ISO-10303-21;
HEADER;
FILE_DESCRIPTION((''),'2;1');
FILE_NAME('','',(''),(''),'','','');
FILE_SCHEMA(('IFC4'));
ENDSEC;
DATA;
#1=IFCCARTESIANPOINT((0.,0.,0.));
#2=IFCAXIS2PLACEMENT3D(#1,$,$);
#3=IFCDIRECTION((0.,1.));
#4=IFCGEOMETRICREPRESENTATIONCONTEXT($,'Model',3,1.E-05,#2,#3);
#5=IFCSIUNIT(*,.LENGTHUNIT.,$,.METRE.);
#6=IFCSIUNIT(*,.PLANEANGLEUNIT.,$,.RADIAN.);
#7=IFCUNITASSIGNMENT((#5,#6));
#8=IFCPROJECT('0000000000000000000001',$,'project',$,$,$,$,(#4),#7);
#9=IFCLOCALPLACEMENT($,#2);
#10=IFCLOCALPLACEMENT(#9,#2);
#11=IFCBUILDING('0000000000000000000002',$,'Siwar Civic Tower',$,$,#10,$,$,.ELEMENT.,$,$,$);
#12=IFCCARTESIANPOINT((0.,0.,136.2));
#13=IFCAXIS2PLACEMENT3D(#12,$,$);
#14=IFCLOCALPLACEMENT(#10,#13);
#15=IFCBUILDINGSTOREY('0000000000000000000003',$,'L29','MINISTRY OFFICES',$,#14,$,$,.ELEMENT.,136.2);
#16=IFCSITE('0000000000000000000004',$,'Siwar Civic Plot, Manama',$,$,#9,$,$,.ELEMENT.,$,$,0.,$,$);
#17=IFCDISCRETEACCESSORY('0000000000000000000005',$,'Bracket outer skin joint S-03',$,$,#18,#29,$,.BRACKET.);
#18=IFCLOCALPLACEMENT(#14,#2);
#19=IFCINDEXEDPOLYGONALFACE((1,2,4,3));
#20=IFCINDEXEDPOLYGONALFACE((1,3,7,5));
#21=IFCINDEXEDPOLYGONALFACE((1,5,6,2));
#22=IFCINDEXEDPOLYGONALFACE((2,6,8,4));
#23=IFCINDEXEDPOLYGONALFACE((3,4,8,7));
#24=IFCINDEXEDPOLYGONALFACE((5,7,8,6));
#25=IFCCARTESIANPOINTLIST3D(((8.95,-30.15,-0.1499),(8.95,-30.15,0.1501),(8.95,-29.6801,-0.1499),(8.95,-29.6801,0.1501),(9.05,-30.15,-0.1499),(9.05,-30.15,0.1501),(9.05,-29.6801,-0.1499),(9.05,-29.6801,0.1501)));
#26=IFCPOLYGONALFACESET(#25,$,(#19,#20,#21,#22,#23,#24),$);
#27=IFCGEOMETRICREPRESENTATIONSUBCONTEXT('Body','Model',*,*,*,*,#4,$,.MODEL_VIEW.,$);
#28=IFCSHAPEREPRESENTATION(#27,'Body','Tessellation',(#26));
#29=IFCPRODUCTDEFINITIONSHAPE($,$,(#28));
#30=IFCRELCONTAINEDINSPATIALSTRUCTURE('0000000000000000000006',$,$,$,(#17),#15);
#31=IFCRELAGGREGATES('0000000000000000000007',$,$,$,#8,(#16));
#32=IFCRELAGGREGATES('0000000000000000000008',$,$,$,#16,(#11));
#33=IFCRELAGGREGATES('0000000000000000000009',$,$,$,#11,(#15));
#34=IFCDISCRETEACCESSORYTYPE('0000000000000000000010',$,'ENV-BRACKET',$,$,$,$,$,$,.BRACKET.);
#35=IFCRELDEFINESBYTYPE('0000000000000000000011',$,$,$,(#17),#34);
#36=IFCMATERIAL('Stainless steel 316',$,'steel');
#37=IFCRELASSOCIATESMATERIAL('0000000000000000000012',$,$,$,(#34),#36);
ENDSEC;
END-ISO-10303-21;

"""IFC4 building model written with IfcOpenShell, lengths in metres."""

from ifc_helpers import new_model, si_unit, direction, frame, origin, origin_2d, place, context, subcontext, project, spatial, rectangle, extrude, material, type_object, element, save


model = new_model("IFC4")

# Units and contexts
model_context = context("Model", 3, precision=1e-05, world=origin(), true_north=direction((0.0, 1.0)))
body_context = subcontext(model_context, "Body", "Model", "MODEL_VIEW")
ifc_project = project(units=[si_unit("LENGTHUNIT", "METRE"), si_unit("PLANEANGLEUNIT", "RADIAN")], contexts=[model_context])

# Site, building, storey
site_placement = place(None, origin())
site = spatial("IfcSite", under=ifc_project, at=site_placement, Name="Siwar Civic Plot, Manama", CompositionType="ELEMENT", RefElevation=0.0)
building_placement = place(site_placement, origin())
building = spatial("IfcBuilding", under=site, at=building_placement, Name="Siwar Civic Tower", CompositionType="ELEMENT")
storey_placement = place(building_placement, frame((0.0, 0.0, 136.2)))
storey = spatial("IfcBuildingStorey", under=building, at=storey_placement, Name="L29", Description="MINISTRY OFFICES", CompositionType="ELEMENT", Elevation=136.2)

# Discrete accessory
ifc_material_1 = material(Name="Stainless steel 316", Category="steel")
discrete_accessory_type = type_object("IfcDiscreteAccessoryType", Name="ENV-BRACKET", PredefinedType="BRACKET", material=ifc_material_1)
for number, where, z_axis, x_axis, name in (
    (1, (9.0, -29.915, -0.1499), (0.0, 0.0, 1.0), (0.0, -1.0, 0.0), "Bracket outer skin joint S-03"),
):
    element("IfcDiscreteAccessory", number, at=place(storey_placement, frame(where, z_axis=z_axis, x_axis=x_axis)), inside=storey, type_object=discrete_accessory_type, Name=name, PredefinedType="BRACKET", context=body_context, shape_type="SweptSolid", body=[
        extrude(rectangle(XDim=0.47, YDim=0.1001, at=origin_2d()), origin(), (0.0, 0.0, 1.0), 0.3),
    ])

save(model, "model.ifc")
